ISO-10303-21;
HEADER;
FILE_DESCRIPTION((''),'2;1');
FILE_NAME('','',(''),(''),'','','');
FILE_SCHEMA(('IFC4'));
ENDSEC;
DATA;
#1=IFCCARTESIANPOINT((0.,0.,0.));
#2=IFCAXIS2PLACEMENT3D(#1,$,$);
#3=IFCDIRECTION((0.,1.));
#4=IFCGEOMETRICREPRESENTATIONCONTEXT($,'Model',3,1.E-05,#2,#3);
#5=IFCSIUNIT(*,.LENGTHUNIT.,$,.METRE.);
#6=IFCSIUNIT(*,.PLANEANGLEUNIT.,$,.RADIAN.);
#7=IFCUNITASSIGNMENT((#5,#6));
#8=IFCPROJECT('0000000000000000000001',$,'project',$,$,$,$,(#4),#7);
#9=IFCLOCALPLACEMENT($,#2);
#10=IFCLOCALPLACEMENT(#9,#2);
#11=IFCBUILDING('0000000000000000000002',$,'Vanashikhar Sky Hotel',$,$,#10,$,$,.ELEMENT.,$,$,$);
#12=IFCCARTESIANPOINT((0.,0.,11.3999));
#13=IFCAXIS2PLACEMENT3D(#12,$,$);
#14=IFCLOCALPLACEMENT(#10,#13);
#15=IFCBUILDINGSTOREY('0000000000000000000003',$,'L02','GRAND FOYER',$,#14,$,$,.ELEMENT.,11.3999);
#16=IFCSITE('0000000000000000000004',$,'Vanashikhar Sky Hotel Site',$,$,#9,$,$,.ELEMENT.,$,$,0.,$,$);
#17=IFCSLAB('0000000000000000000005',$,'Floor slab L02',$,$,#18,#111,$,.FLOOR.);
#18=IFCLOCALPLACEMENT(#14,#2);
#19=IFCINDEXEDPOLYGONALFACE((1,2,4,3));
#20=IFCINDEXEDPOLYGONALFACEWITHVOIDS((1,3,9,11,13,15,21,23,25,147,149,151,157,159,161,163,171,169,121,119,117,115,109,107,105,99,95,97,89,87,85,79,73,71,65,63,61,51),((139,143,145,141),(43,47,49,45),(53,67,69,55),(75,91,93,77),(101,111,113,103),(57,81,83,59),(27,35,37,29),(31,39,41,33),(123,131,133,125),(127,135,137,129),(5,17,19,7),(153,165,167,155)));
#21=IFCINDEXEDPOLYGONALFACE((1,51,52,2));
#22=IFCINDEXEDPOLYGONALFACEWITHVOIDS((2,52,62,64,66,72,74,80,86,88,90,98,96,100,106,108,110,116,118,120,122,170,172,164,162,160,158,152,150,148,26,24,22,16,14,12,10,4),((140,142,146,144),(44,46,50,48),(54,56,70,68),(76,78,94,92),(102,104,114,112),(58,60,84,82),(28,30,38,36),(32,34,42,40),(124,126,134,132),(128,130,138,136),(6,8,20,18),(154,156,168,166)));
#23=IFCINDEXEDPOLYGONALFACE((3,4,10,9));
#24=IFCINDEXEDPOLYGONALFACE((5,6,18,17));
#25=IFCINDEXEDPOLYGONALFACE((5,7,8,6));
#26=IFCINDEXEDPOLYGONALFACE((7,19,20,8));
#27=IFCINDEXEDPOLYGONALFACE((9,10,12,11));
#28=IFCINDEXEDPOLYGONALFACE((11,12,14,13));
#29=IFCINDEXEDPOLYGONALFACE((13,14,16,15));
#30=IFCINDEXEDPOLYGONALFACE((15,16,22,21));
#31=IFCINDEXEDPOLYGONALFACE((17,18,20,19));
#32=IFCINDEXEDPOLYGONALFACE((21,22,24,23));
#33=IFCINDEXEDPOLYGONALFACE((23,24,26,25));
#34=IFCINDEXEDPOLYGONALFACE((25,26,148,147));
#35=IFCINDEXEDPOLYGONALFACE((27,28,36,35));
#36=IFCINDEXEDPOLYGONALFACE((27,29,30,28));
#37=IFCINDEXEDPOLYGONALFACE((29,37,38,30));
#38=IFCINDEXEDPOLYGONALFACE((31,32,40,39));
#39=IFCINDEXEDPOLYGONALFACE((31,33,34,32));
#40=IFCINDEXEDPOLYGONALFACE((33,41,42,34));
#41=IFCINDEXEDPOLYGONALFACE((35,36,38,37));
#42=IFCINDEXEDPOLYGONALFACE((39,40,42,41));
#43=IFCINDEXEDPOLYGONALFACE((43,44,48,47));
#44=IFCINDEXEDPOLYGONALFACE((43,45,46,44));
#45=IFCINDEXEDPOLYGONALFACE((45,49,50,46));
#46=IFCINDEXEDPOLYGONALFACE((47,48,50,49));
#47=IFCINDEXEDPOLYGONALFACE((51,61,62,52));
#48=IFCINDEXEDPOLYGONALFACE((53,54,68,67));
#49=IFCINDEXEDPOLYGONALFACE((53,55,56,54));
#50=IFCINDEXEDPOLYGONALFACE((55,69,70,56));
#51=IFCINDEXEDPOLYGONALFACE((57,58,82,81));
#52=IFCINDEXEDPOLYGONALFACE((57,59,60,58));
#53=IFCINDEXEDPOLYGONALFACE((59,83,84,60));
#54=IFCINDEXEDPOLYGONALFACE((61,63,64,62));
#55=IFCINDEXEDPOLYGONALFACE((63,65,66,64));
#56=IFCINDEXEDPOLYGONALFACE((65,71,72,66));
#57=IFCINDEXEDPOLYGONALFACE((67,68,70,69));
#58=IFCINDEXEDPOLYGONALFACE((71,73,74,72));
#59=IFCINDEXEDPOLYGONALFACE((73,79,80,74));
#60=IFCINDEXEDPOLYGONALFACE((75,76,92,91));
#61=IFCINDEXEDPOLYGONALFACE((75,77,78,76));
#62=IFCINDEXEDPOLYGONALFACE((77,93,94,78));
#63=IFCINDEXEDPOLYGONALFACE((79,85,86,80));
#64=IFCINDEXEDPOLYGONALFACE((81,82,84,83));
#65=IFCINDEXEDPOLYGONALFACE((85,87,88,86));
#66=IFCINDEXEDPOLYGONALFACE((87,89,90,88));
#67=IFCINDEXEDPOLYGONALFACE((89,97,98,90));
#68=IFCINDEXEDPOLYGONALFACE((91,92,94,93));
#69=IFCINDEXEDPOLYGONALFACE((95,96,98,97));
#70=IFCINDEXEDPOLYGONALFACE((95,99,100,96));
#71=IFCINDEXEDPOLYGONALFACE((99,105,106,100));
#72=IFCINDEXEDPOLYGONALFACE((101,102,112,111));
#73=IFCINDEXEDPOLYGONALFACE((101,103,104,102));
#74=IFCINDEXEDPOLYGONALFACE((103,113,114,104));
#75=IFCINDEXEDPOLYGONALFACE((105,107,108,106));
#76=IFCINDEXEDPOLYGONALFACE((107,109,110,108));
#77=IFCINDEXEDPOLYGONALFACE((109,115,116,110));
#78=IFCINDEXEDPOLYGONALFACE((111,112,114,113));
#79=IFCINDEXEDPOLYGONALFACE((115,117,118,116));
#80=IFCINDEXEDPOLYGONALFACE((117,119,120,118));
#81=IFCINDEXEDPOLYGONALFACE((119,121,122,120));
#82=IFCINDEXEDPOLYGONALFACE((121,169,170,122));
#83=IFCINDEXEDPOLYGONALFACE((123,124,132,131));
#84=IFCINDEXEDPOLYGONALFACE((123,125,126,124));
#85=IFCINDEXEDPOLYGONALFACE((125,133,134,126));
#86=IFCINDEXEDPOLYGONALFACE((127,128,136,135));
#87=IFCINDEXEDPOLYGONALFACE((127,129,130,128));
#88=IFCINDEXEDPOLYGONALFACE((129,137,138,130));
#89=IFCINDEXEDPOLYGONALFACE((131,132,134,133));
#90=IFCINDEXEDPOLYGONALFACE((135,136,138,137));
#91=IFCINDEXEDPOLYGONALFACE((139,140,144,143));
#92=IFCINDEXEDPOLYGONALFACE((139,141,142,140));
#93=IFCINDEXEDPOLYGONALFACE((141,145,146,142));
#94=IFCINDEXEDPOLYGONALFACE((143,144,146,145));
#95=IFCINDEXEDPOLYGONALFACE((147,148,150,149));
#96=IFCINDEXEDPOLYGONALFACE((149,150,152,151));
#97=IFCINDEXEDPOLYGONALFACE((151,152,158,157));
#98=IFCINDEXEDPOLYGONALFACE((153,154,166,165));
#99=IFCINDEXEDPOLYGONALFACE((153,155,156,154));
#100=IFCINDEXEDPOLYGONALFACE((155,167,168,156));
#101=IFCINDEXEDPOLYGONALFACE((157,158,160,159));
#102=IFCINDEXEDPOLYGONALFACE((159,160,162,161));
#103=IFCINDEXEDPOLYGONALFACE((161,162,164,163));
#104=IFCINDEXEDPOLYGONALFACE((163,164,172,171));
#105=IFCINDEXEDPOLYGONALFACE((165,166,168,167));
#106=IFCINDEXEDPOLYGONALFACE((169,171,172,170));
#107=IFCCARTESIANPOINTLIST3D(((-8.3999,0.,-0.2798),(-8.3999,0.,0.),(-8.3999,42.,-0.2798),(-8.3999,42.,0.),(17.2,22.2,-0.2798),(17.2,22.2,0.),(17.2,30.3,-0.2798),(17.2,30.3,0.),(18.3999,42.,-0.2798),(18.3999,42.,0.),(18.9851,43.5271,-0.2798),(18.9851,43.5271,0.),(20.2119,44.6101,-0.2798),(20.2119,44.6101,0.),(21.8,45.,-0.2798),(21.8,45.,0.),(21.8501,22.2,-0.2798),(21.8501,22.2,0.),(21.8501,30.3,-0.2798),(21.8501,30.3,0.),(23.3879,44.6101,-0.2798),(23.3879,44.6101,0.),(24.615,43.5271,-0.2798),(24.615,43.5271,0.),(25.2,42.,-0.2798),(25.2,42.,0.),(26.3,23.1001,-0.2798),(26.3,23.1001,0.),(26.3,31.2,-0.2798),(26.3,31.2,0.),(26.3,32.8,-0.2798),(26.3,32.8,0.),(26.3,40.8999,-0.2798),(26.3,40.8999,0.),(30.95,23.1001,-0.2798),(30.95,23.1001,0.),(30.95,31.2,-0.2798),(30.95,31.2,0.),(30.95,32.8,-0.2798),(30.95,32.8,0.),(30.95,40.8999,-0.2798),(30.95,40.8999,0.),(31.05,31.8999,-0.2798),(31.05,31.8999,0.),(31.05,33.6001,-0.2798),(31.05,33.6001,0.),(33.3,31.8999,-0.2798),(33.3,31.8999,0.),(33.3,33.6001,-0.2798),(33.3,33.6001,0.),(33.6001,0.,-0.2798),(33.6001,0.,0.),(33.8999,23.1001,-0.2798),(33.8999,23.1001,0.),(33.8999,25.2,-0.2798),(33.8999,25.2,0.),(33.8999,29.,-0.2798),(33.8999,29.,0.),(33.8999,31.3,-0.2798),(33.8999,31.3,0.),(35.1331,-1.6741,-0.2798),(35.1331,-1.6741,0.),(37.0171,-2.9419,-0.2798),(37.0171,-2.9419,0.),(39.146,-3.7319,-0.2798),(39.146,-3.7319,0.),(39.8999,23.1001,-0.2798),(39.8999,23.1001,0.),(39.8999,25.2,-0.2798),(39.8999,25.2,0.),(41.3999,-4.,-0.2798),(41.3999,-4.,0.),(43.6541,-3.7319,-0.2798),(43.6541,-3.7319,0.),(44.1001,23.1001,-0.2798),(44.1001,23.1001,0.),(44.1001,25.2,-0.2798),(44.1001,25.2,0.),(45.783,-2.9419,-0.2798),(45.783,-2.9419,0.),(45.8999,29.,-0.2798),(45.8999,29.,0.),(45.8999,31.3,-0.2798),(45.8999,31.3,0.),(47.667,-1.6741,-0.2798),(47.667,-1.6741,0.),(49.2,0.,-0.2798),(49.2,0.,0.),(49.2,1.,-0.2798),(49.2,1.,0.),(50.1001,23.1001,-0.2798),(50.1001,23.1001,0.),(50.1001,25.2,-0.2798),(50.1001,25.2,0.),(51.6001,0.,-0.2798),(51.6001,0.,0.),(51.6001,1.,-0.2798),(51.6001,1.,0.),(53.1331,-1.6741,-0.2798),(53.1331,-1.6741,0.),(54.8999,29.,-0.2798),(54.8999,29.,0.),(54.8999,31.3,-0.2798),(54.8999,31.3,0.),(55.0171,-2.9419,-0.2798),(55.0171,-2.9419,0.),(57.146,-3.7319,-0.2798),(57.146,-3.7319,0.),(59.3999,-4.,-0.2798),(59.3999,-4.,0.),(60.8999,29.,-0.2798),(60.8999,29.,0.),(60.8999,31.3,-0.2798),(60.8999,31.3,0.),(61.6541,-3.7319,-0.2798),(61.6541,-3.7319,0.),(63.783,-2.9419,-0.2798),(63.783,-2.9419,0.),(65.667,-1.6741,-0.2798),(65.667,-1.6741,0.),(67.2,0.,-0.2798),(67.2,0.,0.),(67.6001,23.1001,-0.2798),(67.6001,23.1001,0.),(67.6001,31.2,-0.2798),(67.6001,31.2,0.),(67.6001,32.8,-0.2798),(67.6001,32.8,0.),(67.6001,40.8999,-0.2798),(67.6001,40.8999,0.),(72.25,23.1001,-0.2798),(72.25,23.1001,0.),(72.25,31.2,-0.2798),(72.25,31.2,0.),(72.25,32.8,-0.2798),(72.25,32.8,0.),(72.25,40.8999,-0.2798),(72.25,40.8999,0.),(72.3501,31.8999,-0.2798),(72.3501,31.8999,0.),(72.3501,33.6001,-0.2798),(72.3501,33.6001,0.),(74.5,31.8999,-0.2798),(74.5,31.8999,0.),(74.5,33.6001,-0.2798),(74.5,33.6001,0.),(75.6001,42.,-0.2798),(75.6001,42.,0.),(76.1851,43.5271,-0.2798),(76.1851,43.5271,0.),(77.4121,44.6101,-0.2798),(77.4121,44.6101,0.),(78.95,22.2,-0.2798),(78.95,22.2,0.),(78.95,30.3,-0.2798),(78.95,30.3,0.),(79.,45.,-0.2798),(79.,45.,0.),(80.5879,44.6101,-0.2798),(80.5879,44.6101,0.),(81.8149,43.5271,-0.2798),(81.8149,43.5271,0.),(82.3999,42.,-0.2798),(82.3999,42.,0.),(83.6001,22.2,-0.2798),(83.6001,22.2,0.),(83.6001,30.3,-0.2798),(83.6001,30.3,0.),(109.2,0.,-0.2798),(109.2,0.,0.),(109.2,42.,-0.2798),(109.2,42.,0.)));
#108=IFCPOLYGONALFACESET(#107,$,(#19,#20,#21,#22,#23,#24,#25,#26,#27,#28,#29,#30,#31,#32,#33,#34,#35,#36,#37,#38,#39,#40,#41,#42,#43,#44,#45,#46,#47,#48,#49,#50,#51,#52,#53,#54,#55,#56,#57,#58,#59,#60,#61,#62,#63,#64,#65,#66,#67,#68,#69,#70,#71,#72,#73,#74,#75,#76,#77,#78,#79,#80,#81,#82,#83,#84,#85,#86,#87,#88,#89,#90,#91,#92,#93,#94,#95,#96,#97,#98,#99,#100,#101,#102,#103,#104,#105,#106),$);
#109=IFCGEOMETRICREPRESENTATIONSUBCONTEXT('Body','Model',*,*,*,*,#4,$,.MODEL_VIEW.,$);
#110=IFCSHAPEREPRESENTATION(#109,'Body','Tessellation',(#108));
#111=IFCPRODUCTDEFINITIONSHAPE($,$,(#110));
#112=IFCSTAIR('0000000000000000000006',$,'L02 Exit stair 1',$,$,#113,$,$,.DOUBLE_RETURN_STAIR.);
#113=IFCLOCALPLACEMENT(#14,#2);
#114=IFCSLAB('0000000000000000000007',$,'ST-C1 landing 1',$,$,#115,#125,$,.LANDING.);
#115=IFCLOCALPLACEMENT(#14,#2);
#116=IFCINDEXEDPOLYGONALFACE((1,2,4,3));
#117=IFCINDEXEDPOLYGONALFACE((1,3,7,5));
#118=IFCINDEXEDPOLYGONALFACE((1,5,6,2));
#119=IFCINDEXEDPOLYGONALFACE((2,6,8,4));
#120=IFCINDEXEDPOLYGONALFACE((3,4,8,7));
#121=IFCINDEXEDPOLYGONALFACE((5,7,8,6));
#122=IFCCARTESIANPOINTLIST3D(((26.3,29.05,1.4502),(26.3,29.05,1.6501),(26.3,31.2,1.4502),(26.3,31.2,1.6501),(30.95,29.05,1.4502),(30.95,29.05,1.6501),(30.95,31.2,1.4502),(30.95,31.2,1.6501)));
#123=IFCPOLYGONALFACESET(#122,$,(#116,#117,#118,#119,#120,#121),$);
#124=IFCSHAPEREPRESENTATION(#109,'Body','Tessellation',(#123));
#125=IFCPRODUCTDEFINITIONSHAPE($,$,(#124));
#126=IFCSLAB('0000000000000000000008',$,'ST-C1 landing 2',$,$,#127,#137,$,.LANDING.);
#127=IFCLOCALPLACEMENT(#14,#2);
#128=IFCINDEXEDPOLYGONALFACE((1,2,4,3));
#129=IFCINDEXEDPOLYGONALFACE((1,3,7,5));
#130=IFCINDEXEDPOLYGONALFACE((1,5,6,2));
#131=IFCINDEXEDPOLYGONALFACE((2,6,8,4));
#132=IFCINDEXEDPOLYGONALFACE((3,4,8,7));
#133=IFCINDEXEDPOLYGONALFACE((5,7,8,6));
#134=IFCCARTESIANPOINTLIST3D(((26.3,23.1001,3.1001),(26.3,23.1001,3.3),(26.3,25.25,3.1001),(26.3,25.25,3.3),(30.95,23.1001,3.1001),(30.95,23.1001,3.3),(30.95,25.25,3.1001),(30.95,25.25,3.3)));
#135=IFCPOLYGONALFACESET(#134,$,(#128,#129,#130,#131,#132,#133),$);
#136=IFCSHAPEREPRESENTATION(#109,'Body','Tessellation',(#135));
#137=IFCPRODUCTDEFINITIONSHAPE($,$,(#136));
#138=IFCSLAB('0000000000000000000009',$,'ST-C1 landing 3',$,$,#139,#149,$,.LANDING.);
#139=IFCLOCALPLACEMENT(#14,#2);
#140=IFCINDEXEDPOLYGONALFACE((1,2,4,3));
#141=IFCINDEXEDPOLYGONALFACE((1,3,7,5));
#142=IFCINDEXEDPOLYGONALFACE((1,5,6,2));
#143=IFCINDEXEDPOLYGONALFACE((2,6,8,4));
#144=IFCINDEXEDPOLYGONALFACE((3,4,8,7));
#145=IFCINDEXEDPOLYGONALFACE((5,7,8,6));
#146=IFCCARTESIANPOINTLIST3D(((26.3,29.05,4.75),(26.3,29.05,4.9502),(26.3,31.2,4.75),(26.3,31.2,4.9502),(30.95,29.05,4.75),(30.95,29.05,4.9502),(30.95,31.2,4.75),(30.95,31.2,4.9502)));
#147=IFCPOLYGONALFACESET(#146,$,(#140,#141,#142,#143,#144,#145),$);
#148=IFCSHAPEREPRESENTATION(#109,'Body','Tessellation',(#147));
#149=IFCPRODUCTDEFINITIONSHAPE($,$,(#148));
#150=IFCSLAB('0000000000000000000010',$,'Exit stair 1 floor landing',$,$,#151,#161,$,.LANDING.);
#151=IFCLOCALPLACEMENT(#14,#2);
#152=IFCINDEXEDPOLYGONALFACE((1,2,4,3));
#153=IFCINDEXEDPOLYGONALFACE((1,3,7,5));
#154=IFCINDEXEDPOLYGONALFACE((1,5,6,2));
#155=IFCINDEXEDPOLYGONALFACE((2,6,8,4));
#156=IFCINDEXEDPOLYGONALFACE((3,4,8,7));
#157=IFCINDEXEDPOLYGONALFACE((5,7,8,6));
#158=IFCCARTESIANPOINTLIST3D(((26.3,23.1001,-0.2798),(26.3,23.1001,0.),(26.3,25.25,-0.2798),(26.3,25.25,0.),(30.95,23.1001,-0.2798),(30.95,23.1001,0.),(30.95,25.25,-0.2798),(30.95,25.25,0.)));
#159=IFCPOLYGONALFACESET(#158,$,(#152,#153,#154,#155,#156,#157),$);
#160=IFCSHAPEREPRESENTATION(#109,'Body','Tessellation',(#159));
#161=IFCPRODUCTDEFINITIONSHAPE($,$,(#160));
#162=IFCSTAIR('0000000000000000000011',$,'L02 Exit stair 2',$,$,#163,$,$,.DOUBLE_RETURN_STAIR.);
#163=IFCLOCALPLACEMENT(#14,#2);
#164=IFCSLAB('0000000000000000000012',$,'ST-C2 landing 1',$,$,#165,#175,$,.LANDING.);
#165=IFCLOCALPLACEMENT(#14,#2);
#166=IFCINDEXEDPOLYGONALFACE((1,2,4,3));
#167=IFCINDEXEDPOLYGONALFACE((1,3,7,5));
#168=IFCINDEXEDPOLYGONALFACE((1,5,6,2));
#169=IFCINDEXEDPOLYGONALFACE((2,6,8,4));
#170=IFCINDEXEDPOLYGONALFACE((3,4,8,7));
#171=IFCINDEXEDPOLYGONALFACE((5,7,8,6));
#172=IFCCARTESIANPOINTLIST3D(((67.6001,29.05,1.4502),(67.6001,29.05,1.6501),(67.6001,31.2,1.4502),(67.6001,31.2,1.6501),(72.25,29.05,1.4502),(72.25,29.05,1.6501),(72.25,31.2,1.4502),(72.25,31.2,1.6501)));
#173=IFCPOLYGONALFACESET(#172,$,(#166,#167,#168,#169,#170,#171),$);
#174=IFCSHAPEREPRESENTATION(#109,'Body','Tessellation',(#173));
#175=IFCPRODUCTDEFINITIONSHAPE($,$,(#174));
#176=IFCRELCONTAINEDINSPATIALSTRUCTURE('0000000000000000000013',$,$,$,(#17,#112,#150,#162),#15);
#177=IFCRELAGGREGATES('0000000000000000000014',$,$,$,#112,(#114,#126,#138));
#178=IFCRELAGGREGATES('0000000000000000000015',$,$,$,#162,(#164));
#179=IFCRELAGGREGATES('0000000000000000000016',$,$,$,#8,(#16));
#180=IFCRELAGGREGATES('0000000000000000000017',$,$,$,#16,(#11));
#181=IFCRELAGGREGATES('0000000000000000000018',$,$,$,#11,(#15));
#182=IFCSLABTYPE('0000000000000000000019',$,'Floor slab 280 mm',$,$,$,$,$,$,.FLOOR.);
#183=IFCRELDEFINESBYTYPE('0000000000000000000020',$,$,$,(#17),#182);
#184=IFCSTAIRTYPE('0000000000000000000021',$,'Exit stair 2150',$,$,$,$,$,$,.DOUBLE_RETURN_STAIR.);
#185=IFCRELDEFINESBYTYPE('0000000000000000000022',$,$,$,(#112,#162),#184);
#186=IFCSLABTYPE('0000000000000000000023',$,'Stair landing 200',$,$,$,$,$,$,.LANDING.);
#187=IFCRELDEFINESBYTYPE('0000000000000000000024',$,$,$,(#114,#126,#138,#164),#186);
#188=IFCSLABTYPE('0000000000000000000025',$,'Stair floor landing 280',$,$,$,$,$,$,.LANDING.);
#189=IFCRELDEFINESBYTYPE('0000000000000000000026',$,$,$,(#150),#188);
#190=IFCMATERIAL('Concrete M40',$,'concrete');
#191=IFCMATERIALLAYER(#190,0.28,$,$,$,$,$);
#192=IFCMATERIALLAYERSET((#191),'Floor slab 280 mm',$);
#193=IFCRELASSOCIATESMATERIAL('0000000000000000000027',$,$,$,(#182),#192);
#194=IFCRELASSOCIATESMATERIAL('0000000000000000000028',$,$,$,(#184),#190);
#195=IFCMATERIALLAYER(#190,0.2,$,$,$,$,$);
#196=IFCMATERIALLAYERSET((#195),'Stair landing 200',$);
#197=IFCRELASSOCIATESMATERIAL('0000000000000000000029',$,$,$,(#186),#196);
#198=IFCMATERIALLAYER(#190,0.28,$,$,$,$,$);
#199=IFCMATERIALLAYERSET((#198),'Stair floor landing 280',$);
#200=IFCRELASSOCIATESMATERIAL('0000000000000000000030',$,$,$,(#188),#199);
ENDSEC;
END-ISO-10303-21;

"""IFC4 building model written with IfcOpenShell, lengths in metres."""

from ifc_helpers import new_model, si_unit, direction, frame, origin, place, context, subcontext, project, spatial, polyline, outline, extrude, source, transform, mapped, material, layer, layer_set, type_object, element, aggregate, save


model = new_model("IFC4")

# Units and contexts
model_context = context("Model", 3, precision=1e-05, world=origin(), true_north=direction((0.0, 1.0)))
body_context = subcontext(model_context, "Body", "Model", "MODEL_VIEW")
ifc_project = project(units=[si_unit("LENGTHUNIT", "METRE"), si_unit("PLANEANGLEUNIT", "RADIAN")], contexts=[model_context])

# Site, building, storey
site_placement = place(None, origin())
site = spatial("IfcSite", under=ifc_project, at=site_placement, Name="Vanashikhar Sky Hotel Site", CompositionType="ELEMENT", RefElevation=0.0)
building_placement = place(site_placement, origin())
building = spatial("IfcBuilding", under=site, at=building_placement, Name="Vanashikhar Sky Hotel", CompositionType="ELEMENT")
storey_placement = place(building_placement, frame((0.0, 0.0, 11.3999)))
storey = spatial("IfcBuildingStorey", under=building, at=storey_placement, Name="L02", Description="GRAND FOYER", CompositionType="ELEMENT", Elevation=11.3999)

# Slab
ifc_material_1 = material(Name="Concrete M40", Category="concrete")
ifc_layer_1 = layer(ifc_material_1, 0.28)
ifc_layer_set_1 = layer_set([ifc_layer_1], Name="Floor slab 280 mm")
slab_type_1 = type_object("IfcSlabType", Name="Floor slab 280 mm", PredefinedType="FLOOR", material=ifc_layer_set_1)
shared_shape_1 = source(origin(), body_context, "Body", "SweptSolid", [
    extrude(outline(polyline([(49.2, 0.0), (49.2, 1.0), (51.6001, 1.0), (51.6001, 0.0), (53.1331, -1.6741), (55.0171, -2.9419), (57.146, -3.7319), (59.3999, -4.0), (61.6541, -3.7319), (63.783, -2.9419), (65.667, -1.6741), (67.2, 0.0), (109.2, 0.0), (109.2, 42.0), (82.3999, 42.0), (81.8149, 43.5271), (80.5879, 44.6101), (79.0, 45.0), (77.4121, 44.6101), (76.1851, 43.5271), (75.6001, 42.0), (25.2, 42.0), (24.615, 43.5271), (23.3879, 44.6101), (21.8, 45.0), (20.2119, 44.6101), (18.9851, 43.5271), (18.3999, 42.0), (-8.3999, 42.0), (-8.3999, 0.0), (33.6001, 0.0), (35.1331, -1.6741), (37.0171, -2.9419), (39.146, -3.7319), (41.3999, -4.0), (43.6541, -3.7319), (45.783, -2.9419), (47.667, -1.6741), (49.2, 0.0)]), holes=[polyline([(33.3, 33.6001), (31.05, 33.6001), (31.05, 31.8999), (33.3, 31.8999), (33.3, 33.6001)]), polyline([(33.8999, 25.2), (33.8999, 23.1001), (39.8999, 23.1001), (39.8999, 25.2), (33.8999, 25.2)]), polyline([(33.8999, 31.3), (33.8999, 29.0), (45.8999, 29.0), (45.8999, 31.3), (33.8999, 31.3)]), polyline([(44.1001, 25.2), (44.1001, 23.1001), (50.1001, 23.1001), (50.1001, 25.2), (44.1001, 25.2)]), polyline([(54.8999, 31.3), (54.8999, 29.0), (60.8999, 29.0), (60.8999, 31.3), (54.8999, 31.3)]), polyline([(74.5, 33.6001), (72.3501, 33.6001), (72.3501, 31.8999), (74.5, 31.8999), (74.5, 33.6001)]), polyline([(30.95, 23.1001), (30.95, 31.2), (26.3, 31.2), (26.3, 23.1001), (30.95, 23.1001)]), polyline([(72.25, 23.1001), (72.25, 31.2), (67.6001, 31.2), (67.6001, 23.1001), (72.25, 23.1001)]), polyline([(30.95, 32.8), (30.95, 40.8999), (26.3, 40.8999), (26.3, 32.8), (30.95, 32.8)]), polyline([(72.25, 32.8), (72.25, 40.8999), (67.6001, 40.8999), (67.6001, 32.8), (72.25, 32.8)]), polyline([(83.6001, 22.2), (83.6001, 30.3), (78.95, 30.3), (78.95, 22.2), (83.6001, 22.2)]), polyline([(21.8501, 22.2), (21.8501, 30.3), (17.2, 30.3), (17.2, 22.2), (21.8501, 22.2)])]), origin(), (0.0, 0.0, 1.0), 0.2798),
])
slab_1_placement = place(storey_placement, frame((0.0, 0.0, -0.2798)))
element("IfcSlab", 1, at=slab_1_placement, inside=storey, type_object=slab_type_1, Name="Floor slab L02", PredefinedType="FLOOR", context=body_context, shape_type="MappedRepresentation", body=[
    mapped(shared_shape_1, transform((0.0, 0.0, 0.0), scale=1.0)),
])

# Stair, slabs
stair_type = type_object("IfcStairType", Name="Exit stair 2150", PredefinedType="DOUBLE_RETURN_STAIR", material=ifc_material_1)
stair_1_placement = place(storey_placement, origin())
stair_1 = element("IfcStair", 2, at=stair_1_placement, inside=storey, type_object=stair_type, Name="L02 Exit stair 1", PredefinedType="DOUBLE_RETURN_STAIR")
ifc_layer_2 = layer(ifc_material_1, 0.2)
ifc_layer_set_2 = layer_set([ifc_layer_2], Name="Stair landing 200")
slab_type_2 = type_object("IfcSlabType", Name="Stair landing 200", PredefinedType="LANDING", material=ifc_layer_set_2)
shared_shape_2 = source(origin(), body_context, "Body", "SweptSolid", [
    extrude(outline(polyline([(30.95, 29.05), (30.95, 31.2), (26.3, 31.2), (26.3, 29.05), (30.95, 29.05)])), origin(), (0.0, 0.0, 1.0), 0.2),
])
slab_2_placement = place(storey_placement, frame((0.0, 0.0, 1.4502)))
slab_2 = element("IfcSlab", 3, at=slab_2_placement, type_object=slab_type_2, Name="ST-C1 landing 1", PredefinedType="LANDING", context=body_context, shape_type="MappedRepresentation", body=[
    mapped(shared_shape_2, transform((0.0, 0.0, 0.0), scale=1.0)),
])
shared_shape_3 = source(origin(), body_context, "Body", "SweptSolid", [
    extrude(outline(polyline([(30.95, 23.1001), (30.95, 25.25), (26.3, 25.25), (26.3, 23.1001), (30.95, 23.1001)])), origin(), (0.0, 0.0, 1.0), 0.2),
])
slab_3_placement = place(storey_placement, frame((0.0, 0.0, 3.1001)))
slab_3 = element("IfcSlab", 4, at=slab_3_placement, type_object=slab_type_2, Name="ST-C1 landing 2", PredefinedType="LANDING", context=body_context, shape_type="MappedRepresentation", body=[
    mapped(shared_shape_3, transform((0.0, 0.0, 0.0), scale=1.0)),
])
shared_shape_4 = source(origin(), body_context, "Body", "SweptSolid", [
    extrude(outline(polyline([(30.95, 29.05), (30.95, 31.2), (26.3, 31.2), (26.3, 29.05), (30.95, 29.05)])), origin(), (0.0, 0.0, 1.0), 0.2002),
])
slab_4_placement = place(storey_placement, frame((0.0, 0.0, 4.75)))
slab_4 = element("IfcSlab", 5, at=slab_4_placement, type_object=slab_type_2, Name="ST-C1 landing 3", PredefinedType="LANDING", context=body_context, shape_type="MappedRepresentation", body=[
    mapped(shared_shape_4, transform((0.0, 0.0, 0.0), scale=1.0)),
])
aggregate(stair_1, [slab_2, slab_3, slab_4])

# Slab
ifc_layer_3 = layer(ifc_material_1, 0.28)
ifc_layer_set_3 = layer_set([ifc_layer_3], Name="Stair floor landing 280")
slab_type_3 = type_object("IfcSlabType", Name="Stair floor landing 280", PredefinedType="LANDING", material=ifc_layer_set_3)
shared_shape_5 = source(origin(), body_context, "Body", "SweptSolid", [
    extrude(outline(polyline([(30.95, 23.1001), (30.95, 25.25), (26.3, 25.25), (26.3, 23.1001), (30.95, 23.1001)])), origin(), (0.0, 0.0, 1.0), 0.2798),
])
slab_5_placement = place(storey_placement, frame((0.0, 0.0, -0.2798)))
element("IfcSlab", 6, at=slab_5_placement, inside=storey, type_object=slab_type_3, Name="Exit stair 1 floor landing", PredefinedType="LANDING", context=body_context, shape_type="MappedRepresentation", body=[
    mapped(shared_shape_5, transform((0.0, 0.0, 0.0), scale=1.0)),
])

# Stair, slab
stair_2_placement = place(storey_placement, origin())
stair_2 = element("IfcStair", 7, at=stair_2_placement, inside=storey, type_object=stair_type, Name="L02 Exit stair 2", PredefinedType="DOUBLE_RETURN_STAIR")
shared_shape_6 = source(origin(), body_context, "Body", "SweptSolid", [
    extrude(outline(polyline([(72.25, 29.05), (72.25, 31.2), (67.6001, 31.2), (67.6001, 29.05), (72.25, 29.05)])), origin(), (0.0, 0.0, 1.0), 0.2),
])
slab_6_placement = place(storey_placement, frame((0.0, 0.0, 1.4502)))
slab_6 = element("IfcSlab", 8, at=slab_6_placement, type_object=slab_type_2, Name="ST-C2 landing 1", PredefinedType="LANDING", context=body_context, shape_type="MappedRepresentation", body=[
    mapped(shared_shape_6, transform((0.0, 0.0, 0.0), scale=1.0)),
])
aggregate(stair_2, [slab_6])

save(model, "model.ifc")
